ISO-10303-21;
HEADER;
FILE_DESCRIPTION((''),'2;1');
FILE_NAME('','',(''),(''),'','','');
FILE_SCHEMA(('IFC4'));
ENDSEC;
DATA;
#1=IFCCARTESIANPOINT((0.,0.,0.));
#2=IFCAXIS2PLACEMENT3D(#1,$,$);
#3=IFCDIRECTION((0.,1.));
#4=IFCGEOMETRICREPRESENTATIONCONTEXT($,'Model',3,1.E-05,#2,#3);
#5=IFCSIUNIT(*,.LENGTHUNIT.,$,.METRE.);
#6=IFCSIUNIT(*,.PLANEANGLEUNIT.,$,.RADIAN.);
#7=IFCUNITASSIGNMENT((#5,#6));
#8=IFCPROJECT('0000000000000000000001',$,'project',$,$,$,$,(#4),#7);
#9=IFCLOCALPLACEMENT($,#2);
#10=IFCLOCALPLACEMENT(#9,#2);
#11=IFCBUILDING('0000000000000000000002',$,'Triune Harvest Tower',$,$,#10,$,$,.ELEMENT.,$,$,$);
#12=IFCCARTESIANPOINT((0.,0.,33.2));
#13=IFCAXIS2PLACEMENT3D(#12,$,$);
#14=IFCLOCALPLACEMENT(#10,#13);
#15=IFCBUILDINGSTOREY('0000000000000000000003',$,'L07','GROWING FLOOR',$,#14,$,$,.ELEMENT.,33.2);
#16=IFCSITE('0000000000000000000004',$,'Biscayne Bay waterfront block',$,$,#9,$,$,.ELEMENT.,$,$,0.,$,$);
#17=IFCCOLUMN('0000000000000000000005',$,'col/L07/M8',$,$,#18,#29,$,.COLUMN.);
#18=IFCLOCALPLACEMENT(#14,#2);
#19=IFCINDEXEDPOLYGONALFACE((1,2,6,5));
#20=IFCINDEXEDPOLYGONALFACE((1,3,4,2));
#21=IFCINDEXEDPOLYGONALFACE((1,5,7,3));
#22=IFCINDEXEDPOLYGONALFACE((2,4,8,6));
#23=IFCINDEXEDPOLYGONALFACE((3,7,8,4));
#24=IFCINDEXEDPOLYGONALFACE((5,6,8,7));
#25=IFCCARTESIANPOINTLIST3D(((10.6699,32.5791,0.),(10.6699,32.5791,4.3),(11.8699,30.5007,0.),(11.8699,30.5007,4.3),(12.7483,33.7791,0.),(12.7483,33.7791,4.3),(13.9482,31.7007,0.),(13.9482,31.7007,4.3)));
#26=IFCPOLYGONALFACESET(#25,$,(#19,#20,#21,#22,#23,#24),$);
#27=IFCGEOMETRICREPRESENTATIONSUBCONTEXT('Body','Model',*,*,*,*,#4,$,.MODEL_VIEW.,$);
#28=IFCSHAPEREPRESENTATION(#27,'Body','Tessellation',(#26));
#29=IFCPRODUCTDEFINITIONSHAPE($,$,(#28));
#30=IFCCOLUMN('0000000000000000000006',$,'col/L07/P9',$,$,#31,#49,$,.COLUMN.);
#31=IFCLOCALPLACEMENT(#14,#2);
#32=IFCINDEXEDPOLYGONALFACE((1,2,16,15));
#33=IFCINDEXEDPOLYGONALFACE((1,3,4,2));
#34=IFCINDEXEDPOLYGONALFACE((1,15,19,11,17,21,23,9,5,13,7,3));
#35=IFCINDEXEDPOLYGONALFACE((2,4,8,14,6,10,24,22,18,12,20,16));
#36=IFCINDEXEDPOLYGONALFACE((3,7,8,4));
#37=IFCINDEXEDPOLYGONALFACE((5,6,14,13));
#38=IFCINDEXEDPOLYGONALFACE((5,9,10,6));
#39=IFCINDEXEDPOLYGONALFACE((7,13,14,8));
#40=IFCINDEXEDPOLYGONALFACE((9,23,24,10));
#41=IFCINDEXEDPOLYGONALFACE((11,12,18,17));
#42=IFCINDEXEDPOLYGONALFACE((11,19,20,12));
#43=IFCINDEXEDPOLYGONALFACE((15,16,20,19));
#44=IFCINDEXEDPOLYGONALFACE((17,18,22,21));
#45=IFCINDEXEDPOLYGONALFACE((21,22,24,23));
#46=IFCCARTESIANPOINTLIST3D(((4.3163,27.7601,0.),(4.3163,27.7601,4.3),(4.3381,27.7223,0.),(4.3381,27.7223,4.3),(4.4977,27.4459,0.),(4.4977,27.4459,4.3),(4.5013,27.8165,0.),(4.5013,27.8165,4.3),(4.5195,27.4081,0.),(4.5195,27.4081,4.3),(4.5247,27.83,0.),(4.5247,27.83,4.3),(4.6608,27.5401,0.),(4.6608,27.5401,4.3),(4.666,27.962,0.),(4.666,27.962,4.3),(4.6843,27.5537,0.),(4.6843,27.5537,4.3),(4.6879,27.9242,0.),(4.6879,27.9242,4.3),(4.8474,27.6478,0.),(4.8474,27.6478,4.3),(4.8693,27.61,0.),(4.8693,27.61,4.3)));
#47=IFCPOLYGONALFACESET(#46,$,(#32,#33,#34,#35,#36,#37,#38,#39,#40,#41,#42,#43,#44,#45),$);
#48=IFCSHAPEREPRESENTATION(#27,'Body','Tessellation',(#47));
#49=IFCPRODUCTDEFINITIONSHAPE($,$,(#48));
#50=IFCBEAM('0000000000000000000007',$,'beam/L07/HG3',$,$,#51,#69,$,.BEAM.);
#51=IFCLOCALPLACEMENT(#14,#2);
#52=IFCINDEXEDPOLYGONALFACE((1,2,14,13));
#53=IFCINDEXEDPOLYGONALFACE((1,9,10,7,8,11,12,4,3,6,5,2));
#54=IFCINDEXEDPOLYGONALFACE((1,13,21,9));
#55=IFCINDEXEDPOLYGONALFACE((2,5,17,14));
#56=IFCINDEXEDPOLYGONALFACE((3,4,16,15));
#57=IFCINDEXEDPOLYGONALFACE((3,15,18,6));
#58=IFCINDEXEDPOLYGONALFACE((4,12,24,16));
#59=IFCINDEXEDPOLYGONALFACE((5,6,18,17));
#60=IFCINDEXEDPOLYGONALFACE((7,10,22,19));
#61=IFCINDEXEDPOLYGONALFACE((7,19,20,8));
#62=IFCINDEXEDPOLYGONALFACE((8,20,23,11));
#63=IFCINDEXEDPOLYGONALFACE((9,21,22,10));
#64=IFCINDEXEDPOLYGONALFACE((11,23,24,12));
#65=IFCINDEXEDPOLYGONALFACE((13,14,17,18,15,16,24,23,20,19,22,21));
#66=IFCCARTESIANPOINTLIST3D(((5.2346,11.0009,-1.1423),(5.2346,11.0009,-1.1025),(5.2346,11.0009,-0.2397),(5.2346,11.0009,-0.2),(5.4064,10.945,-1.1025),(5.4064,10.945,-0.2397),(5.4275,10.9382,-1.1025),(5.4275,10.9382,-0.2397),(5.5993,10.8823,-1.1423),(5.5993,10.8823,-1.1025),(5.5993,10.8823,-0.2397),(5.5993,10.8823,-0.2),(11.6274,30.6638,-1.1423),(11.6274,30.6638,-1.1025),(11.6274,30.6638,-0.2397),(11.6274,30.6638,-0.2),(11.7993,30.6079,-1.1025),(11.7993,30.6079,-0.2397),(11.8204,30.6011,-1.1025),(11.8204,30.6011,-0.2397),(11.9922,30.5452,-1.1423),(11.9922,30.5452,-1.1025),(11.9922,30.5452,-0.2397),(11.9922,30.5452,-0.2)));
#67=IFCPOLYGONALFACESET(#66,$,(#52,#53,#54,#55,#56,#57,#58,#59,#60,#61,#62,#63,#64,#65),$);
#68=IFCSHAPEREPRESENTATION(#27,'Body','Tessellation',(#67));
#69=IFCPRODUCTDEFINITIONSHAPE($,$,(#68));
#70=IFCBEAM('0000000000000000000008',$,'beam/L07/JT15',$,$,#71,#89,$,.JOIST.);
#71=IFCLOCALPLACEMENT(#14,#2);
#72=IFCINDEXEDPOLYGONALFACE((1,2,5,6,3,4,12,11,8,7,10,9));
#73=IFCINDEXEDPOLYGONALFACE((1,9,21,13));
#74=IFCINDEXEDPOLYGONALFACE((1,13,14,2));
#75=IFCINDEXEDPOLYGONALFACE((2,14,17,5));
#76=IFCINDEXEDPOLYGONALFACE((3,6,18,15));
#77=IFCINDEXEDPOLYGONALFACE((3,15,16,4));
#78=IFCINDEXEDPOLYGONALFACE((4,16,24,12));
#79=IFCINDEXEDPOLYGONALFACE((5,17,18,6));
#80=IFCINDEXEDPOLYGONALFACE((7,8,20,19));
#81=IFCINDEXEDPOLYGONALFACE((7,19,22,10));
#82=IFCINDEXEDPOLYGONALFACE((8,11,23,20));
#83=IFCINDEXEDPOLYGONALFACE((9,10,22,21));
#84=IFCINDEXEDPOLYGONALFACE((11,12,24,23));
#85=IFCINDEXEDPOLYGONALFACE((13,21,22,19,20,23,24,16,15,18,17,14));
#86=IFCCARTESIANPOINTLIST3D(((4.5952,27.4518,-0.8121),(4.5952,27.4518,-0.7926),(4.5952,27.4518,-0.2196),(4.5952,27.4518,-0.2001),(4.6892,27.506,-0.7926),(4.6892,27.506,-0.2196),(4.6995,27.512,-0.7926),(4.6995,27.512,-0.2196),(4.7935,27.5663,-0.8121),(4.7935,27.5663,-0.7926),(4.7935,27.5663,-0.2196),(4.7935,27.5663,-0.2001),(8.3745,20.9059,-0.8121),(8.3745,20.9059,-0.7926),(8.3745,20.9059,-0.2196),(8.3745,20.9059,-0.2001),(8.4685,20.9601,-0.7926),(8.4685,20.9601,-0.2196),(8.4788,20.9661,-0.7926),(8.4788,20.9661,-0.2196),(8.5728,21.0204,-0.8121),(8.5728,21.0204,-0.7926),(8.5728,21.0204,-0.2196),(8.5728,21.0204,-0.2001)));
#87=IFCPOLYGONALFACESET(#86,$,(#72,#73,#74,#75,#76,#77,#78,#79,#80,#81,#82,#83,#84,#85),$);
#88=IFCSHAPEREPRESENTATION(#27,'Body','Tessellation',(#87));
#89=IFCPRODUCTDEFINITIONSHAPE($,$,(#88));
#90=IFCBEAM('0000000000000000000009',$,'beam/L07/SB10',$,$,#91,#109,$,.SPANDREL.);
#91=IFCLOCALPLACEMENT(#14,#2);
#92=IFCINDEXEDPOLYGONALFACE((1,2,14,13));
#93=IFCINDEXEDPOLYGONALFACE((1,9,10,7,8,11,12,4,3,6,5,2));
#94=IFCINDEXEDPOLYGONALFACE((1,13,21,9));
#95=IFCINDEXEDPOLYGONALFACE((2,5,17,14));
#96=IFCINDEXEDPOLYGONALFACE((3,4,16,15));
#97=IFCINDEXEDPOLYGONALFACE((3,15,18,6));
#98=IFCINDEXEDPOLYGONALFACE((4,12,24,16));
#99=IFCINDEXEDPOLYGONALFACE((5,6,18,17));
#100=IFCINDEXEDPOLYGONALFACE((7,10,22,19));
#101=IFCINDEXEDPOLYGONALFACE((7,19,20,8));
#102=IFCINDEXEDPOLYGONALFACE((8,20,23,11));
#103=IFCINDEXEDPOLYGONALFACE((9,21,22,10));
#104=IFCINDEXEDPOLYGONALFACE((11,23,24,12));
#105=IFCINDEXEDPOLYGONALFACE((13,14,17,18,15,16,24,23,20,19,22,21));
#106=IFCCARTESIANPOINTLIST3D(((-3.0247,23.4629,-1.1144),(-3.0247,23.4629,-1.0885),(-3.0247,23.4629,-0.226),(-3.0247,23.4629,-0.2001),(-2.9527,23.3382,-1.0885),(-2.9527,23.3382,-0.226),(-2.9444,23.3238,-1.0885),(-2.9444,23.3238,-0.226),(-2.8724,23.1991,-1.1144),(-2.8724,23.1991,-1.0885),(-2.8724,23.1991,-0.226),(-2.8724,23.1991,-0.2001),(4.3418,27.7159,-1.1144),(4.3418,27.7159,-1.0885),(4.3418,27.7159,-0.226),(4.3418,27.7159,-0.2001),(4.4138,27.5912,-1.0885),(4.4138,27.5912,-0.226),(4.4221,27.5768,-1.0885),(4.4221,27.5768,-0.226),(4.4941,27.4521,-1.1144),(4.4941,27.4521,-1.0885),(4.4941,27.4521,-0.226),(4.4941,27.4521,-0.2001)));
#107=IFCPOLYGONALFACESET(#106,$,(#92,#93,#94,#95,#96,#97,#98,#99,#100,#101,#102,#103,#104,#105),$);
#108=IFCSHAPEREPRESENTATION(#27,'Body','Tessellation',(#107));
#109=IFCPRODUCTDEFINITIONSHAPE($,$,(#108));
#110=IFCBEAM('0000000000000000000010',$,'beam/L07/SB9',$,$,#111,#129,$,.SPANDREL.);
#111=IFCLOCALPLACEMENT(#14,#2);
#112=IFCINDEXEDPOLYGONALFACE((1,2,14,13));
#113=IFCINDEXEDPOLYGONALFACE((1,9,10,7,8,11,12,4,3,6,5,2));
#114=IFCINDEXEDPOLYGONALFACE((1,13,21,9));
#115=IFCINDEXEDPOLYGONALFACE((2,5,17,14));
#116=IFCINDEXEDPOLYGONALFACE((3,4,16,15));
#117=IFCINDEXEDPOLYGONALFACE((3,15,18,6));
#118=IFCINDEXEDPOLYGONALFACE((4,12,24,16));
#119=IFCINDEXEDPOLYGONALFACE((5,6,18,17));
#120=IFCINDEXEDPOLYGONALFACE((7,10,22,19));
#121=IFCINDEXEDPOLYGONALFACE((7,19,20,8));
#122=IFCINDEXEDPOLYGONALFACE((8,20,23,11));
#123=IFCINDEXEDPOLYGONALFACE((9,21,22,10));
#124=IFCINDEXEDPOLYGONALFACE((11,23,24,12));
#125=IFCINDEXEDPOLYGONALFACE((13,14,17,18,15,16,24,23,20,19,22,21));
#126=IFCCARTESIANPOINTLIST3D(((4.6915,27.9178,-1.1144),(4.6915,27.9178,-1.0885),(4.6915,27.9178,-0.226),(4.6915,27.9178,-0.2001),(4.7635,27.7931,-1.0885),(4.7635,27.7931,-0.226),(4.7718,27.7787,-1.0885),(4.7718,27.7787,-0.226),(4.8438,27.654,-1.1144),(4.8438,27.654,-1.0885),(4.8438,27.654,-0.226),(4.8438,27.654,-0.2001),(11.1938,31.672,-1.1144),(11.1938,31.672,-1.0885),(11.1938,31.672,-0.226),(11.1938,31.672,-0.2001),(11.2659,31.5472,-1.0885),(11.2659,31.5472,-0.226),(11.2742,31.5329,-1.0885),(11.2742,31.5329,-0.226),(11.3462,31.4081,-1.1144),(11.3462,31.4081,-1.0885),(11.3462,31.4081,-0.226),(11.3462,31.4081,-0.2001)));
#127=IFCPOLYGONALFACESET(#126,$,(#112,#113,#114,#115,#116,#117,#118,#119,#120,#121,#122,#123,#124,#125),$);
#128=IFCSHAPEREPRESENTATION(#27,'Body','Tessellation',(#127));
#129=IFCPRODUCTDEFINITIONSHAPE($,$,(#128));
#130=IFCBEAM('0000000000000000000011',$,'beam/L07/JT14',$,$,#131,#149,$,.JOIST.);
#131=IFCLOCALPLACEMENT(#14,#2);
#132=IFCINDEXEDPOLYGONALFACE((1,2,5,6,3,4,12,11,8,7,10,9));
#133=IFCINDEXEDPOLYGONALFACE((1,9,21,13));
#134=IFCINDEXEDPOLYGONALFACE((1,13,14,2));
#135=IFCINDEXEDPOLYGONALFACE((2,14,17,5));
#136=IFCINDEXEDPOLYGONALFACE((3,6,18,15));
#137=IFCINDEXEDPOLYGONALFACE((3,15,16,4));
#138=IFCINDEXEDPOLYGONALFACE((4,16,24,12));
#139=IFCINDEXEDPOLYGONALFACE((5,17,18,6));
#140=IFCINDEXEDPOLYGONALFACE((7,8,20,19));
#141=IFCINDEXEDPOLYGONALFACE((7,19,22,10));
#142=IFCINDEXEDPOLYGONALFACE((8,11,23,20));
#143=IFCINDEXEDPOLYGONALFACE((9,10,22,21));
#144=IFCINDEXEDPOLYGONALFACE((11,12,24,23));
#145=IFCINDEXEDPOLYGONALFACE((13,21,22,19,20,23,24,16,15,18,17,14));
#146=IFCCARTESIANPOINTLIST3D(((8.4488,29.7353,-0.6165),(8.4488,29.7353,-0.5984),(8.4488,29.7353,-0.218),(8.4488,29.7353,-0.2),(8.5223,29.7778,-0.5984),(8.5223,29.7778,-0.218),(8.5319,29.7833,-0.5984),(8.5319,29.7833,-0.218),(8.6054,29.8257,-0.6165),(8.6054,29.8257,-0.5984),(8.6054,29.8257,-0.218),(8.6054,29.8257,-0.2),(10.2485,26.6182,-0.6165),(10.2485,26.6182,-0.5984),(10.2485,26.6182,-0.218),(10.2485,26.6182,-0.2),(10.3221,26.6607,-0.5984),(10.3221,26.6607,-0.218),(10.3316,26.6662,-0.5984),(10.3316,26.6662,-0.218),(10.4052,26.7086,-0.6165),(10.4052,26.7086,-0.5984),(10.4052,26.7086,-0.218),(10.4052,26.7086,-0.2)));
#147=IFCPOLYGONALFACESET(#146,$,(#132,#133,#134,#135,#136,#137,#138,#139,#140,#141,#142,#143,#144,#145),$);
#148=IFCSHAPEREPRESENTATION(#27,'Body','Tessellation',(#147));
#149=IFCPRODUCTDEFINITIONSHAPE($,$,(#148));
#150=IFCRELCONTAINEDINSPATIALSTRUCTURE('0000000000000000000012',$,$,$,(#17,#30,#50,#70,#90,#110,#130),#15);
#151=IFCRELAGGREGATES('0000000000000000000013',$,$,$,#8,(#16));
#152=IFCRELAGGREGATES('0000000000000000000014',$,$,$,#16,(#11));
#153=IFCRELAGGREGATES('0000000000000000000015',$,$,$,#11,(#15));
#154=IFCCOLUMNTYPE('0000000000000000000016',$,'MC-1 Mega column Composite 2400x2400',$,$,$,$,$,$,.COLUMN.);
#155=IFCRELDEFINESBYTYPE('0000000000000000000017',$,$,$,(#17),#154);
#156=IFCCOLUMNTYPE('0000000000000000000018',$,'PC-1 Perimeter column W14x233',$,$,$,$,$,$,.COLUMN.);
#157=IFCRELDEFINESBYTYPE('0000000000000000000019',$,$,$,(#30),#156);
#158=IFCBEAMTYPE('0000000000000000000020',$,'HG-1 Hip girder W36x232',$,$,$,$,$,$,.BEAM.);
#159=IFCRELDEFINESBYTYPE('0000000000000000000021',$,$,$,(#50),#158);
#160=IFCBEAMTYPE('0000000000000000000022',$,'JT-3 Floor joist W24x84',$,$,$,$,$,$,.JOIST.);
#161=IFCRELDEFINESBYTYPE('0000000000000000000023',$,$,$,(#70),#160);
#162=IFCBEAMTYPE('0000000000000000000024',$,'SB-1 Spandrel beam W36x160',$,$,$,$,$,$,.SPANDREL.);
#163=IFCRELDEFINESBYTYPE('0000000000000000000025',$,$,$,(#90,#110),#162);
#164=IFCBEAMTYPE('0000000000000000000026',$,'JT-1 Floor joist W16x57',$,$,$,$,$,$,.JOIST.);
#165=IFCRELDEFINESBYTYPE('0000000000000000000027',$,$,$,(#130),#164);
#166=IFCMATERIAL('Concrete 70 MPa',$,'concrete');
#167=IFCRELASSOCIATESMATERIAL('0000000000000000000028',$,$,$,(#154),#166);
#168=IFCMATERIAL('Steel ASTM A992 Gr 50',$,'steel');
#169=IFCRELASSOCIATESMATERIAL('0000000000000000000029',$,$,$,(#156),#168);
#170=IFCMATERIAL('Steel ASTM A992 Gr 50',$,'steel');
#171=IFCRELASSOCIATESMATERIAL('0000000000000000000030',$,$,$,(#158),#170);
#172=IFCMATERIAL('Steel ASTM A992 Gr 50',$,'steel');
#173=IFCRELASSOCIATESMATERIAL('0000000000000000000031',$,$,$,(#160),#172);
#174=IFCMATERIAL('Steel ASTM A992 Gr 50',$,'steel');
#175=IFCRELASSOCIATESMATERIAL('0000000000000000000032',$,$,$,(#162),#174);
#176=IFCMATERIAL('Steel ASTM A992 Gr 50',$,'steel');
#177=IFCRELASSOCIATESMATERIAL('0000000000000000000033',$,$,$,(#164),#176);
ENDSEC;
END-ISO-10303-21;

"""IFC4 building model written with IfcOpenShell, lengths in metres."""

from ifc_helpers import new_model, si_unit, direction, frame, origin, origin_2d, place, context, subcontext, project, spatial, rectangle, i_section, extrude, source, transform, mapped, material, material_profile, profile_set, type_object, element, save


model = new_model("IFC4")

# Units and contexts
model_context = context("Model", 3, precision=1e-05, world=origin(), true_north=direction((0.0, 1.0)))
body_context = subcontext(model_context, "Body", "Model", "MODEL_VIEW")
ifc_project = project(units=[si_unit("LENGTHUNIT", "METRE"), si_unit("PLANEANGLEUNIT", "RADIAN")], contexts=[model_context])

# Site, building, storey
site_placement = place(None, origin())
site = spatial("IfcSite", under=ifc_project, at=site_placement, Name="Biscayne Bay waterfront block", CompositionType="ELEMENT", RefElevation=0.0)
building_placement = place(site_placement, origin())
building = spatial("IfcBuilding", under=site, at=building_placement, Name="Triune Harvest Tower", CompositionType="ELEMENT")
storey_placement = place(building_placement, frame((0.0, 0.0, 33.2)))
storey = spatial("IfcBuildingStorey", under=building, at=storey_placement, Name="L07", Description="GROWING FLOOR", CompositionType="ELEMENT", Elevation=33.2)

# Columns
ifc_material_1 = material(Name="Concrete 70 MPa", Category="concrete")
ifc_material_profile_1 = material_profile(ifc_material_1, rectangle(XDim=2.3999, YDim=2.3999, at=origin_2d()), Name="Composite 2400x2400")
ifc_profile_set_1 = profile_set([ifc_material_profile_1], Name="Concrete 70 MPa")
column_type_1 = type_object("IfcColumnType", Name="MC-1 Mega column Composite 2400x2400", PredefinedType="COLUMN", material=ifc_profile_set_1)
shared_shape_1 = source(origin(), body_context, "Body", "SweptSolid", [
    extrude(rectangle(XDim=2.3999, YDim=2.3999, at=origin_2d()), origin(), (0.0, 0.0, 1.0), 4.3),
])
column_1_placement = place(storey_placement, frame((12.3091, 32.1399, 0.0), z_axis=(0.0, 0.0, 1.0), x_axis=(-0.866025, -0.5, 0.0)))
element("IfcColumn", 1, at=column_1_placement, inside=storey, type_object=column_type_1, Name="col/L07/M8", PredefinedType="COLUMN", context=body_context, shape_type="MappedRepresentation", body=[
    mapped(shared_shape_1, transform((0.0, 0.0, 0.0), scale=1.0)),
])
ifc_material_2 = material(Name="Steel ASTM A992 Gr 50", Category="steel")
ifc_material_profile_2 = material_profile(ifc_material_2, i_section(OverallWidth=0.4038, OverallDepth=0.4065, WebThickness=0.0271, FlangeThickness=0.0437, at=origin_2d()), Name="W14x233")
ifc_profile_set_2 = profile_set([ifc_material_profile_2], Name="Steel ASTM A992 Gr 50")
column_type_2 = type_object("IfcColumnType", Name="PC-1 Perimeter column W14x233", PredefinedType="COLUMN", material=ifc_profile_set_2)
shared_shape_2 = source(origin(), body_context, "Body", "SweptSolid", [
    extrude(i_section(OverallWidth=0.4038, OverallDepth=0.4065, WebThickness=0.0271, FlangeThickness=0.0437, at=origin_2d()), origin(), (0.0, 0.0, 1.0), 4.3),
])
column_2_placement = place(storey_placement, frame((4.5928, 27.6851, 0.0), z_axis=(0.0, 0.0, 1.0), x_axis=(-0.866025, -0.5, 0.0)))
element("IfcColumn", 2, at=column_2_placement, inside=storey, type_object=column_type_2, Name="col/L07/P9", PredefinedType="COLUMN", context=body_context, shape_type="MappedRepresentation", body=[
    mapped(shared_shape_2, transform((0.0, 0.0, 0.0), scale=1.0)),
])

# Beams
ifc_material_3 = material(Name="Steel ASTM A992 Gr 50", Category="steel")
ifc_material_profile_3 = material_profile(ifc_material_3, i_section(OverallWidth=0.3835, OverallDepth=0.9424, WebThickness=0.0222, FlangeThickness=0.0398, at=origin_2d()), Name="W36x232")
ifc_profile_set_3 = profile_set([ifc_material_profile_3], Name="Steel ASTM A992 Gr 50")
beam_type_1 = type_object("IfcBeamType", Name="HG-1 Hip girder W36x232", PredefinedType="BEAM", material=ifc_profile_set_3)
shared_shape_3 = source(origin(), body_context, "Body", "SweptSolid", [
    extrude(i_section(OverallWidth=0.3835, OverallDepth=0.9424, WebThickness=0.0222, FlangeThickness=0.0398, at=origin_2d()), origin(), (0.0, 0.0, 1.0), 20.676),
])
beam_1_placement = place(storey_placement, frame((11.8098, 30.6045, -0.6711), z_axis=(-0.309191, -0.951, 0.0), x_axis=(0.951, -0.309191, 0.0)))
element("IfcBeam", 3, at=beam_1_placement, inside=storey, type_object=beam_type_1, Name="beam/L07/HG3", PredefinedType="BEAM", context=body_context, shape_type="MappedRepresentation", body=[
    mapped(shared_shape_3, transform((0.0, 0.0, 0.0), scale=1.0)),
])
ifc_material_4 = material(Name="Steel ASTM A992 Gr 50", Category="steel")
ifc_material_profile_4 = material_profile(ifc_material_4, i_section(OverallWidth=0.229, OverallDepth=0.6121, WebThickness=0.012, FlangeThickness=0.0195, at=origin_2d()), Name="W24x84")
ifc_profile_set_4 = profile_set([ifc_material_profile_4], Name="Steel ASTM A992 Gr 50")
beam_type_2 = type_object("IfcBeamType", Name="JT-3 Floor joist W24x84", PredefinedType="JOIST", material=ifc_profile_set_4)
shared_shape_4 = source(origin(), body_context, "Body", "SweptSolid", [
    extrude(i_section(OverallWidth=0.229, OverallDepth=0.6121, WebThickness=0.012, FlangeThickness=0.0195, at=origin_2d()), origin(), (0.0, 0.0, 1.0), 7.5586),
])
beam_2_placement = place(storey_placement, frame((4.6943, 27.509, -0.5061), z_axis=(0.500002, -0.866024, 0.0), x_axis=(0.866024, 0.500002, 0.0)))
element("IfcBeam", 4, at=beam_2_placement, inside=storey, type_object=beam_type_2, Name="beam/L07/JT15", PredefinedType="JOIST", context=body_context, shape_type="MappedRepresentation", body=[
    mapped(shared_shape_4, transform((0.0, 0.0, 0.0), scale=1.0)),
])
ifc_material_5 = material(Name="Steel ASTM A992 Gr 50", Category="steel")
ifc_material_profile_5 = material_profile(ifc_material_5, i_section(OverallWidth=0.3047, OverallDepth=0.9143, WebThickness=0.0166, FlangeThickness=0.0259, at=origin_2d()), Name="W36x160")
ifc_profile_set_5 = profile_set([ifc_material_profile_5], Name="Steel ASTM A992 Gr 50")
beam_type_3 = type_object("IfcBeamType", Name="SB-1 Spandrel beam W36x160", PredefinedType="SPANDREL", material=ifc_profile_set_5)
shared_shape_5 = source(origin(), body_context, "Body", "SweptSolid", [
    extrude(i_section(OverallWidth=0.3047, OverallDepth=0.9143, WebThickness=0.0166, FlangeThickness=0.0259, at=origin_2d()), origin(), (0.0, 0.0, 1.0), 8.5061),
])
beam_3_placement = place(storey_placement, frame((4.418, 27.584, -0.6572), z_axis=(-0.86603, -0.499992, 0.0), x_axis=(0.499992, -0.86603, 0.0)))
element("IfcBeam", 5, at=beam_3_placement, inside=storey, type_object=beam_type_3, Name="beam/L07/SB10", PredefinedType="SPANDREL", context=body_context, shape_type="MappedRepresentation", body=[
    mapped(shared_shape_5, transform((0.0, 0.0, 0.0), scale=1.0)),
])
shared_shape_6 = source(origin(), body_context, "Body", "SweptSolid", [
    extrude(i_section(OverallWidth=0.3047, OverallDepth=0.9143, WebThickness=0.0166, FlangeThickness=0.0259, at=origin_2d()), origin(), (0.0, 0.0, 1.0), 7.5083),
])
beam_4_placement = place(storey_placement, frame((11.27, 31.54, -0.6572), z_axis=(-0.866027, -0.499996, 0.0), x_axis=(0.499996, -0.866027, 0.0)))
element("IfcBeam", 6, at=beam_4_placement, inside=storey, type_object=beam_type_3, Name="beam/L07/SB9", PredefinedType="SPANDREL", context=body_context, shape_type="MappedRepresentation", body=[
    mapped(shared_shape_6, transform((0.0, 0.0, 0.0), scale=1.0)),
])
ifc_material_6 = material(Name="Steel ASTM A992 Gr 50", Category="steel")
ifc_material_profile_6 = material_profile(ifc_material_6, i_section(OverallWidth=0.1809, OverallDepth=0.4165, WebThickness=0.011, FlangeThickness=0.0181, at=origin_2d()), Name="W16x57")
ifc_profile_set_6 = profile_set([ifc_material_profile_6], Name="Steel ASTM A992 Gr 50")
beam_type_4 = type_object("IfcBeamType", Name="JT-1 Floor joist W16x57", PredefinedType="JOIST", material=ifc_profile_set_6)
shared_shape_7 = source(origin(), body_context, "Body", "SweptSolid", [
    extrude(i_section(OverallWidth=0.1809, OverallDepth=0.4165, WebThickness=0.011, FlangeThickness=0.0181, at=origin_2d()), origin(), (0.0, 0.0, 1.0), 3.5994),
])
beam_5_placement = place(storey_placement, frame((8.5271, 29.7805, -0.4082), z_axis=(0.50002, -0.866014, 0.0), x_axis=(0.866014, 0.50002, 0.0)))
element("IfcBeam", 7, at=beam_5_placement, inside=storey, type_object=beam_type_4, Name="beam/L07/JT14", PredefinedType="JOIST", context=body_context, shape_type="MappedRepresentation", body=[
    mapped(shared_shape_7, transform((0.0, 0.0, 0.0), scale=1.0)),
])

save(model, "model.ifc")
